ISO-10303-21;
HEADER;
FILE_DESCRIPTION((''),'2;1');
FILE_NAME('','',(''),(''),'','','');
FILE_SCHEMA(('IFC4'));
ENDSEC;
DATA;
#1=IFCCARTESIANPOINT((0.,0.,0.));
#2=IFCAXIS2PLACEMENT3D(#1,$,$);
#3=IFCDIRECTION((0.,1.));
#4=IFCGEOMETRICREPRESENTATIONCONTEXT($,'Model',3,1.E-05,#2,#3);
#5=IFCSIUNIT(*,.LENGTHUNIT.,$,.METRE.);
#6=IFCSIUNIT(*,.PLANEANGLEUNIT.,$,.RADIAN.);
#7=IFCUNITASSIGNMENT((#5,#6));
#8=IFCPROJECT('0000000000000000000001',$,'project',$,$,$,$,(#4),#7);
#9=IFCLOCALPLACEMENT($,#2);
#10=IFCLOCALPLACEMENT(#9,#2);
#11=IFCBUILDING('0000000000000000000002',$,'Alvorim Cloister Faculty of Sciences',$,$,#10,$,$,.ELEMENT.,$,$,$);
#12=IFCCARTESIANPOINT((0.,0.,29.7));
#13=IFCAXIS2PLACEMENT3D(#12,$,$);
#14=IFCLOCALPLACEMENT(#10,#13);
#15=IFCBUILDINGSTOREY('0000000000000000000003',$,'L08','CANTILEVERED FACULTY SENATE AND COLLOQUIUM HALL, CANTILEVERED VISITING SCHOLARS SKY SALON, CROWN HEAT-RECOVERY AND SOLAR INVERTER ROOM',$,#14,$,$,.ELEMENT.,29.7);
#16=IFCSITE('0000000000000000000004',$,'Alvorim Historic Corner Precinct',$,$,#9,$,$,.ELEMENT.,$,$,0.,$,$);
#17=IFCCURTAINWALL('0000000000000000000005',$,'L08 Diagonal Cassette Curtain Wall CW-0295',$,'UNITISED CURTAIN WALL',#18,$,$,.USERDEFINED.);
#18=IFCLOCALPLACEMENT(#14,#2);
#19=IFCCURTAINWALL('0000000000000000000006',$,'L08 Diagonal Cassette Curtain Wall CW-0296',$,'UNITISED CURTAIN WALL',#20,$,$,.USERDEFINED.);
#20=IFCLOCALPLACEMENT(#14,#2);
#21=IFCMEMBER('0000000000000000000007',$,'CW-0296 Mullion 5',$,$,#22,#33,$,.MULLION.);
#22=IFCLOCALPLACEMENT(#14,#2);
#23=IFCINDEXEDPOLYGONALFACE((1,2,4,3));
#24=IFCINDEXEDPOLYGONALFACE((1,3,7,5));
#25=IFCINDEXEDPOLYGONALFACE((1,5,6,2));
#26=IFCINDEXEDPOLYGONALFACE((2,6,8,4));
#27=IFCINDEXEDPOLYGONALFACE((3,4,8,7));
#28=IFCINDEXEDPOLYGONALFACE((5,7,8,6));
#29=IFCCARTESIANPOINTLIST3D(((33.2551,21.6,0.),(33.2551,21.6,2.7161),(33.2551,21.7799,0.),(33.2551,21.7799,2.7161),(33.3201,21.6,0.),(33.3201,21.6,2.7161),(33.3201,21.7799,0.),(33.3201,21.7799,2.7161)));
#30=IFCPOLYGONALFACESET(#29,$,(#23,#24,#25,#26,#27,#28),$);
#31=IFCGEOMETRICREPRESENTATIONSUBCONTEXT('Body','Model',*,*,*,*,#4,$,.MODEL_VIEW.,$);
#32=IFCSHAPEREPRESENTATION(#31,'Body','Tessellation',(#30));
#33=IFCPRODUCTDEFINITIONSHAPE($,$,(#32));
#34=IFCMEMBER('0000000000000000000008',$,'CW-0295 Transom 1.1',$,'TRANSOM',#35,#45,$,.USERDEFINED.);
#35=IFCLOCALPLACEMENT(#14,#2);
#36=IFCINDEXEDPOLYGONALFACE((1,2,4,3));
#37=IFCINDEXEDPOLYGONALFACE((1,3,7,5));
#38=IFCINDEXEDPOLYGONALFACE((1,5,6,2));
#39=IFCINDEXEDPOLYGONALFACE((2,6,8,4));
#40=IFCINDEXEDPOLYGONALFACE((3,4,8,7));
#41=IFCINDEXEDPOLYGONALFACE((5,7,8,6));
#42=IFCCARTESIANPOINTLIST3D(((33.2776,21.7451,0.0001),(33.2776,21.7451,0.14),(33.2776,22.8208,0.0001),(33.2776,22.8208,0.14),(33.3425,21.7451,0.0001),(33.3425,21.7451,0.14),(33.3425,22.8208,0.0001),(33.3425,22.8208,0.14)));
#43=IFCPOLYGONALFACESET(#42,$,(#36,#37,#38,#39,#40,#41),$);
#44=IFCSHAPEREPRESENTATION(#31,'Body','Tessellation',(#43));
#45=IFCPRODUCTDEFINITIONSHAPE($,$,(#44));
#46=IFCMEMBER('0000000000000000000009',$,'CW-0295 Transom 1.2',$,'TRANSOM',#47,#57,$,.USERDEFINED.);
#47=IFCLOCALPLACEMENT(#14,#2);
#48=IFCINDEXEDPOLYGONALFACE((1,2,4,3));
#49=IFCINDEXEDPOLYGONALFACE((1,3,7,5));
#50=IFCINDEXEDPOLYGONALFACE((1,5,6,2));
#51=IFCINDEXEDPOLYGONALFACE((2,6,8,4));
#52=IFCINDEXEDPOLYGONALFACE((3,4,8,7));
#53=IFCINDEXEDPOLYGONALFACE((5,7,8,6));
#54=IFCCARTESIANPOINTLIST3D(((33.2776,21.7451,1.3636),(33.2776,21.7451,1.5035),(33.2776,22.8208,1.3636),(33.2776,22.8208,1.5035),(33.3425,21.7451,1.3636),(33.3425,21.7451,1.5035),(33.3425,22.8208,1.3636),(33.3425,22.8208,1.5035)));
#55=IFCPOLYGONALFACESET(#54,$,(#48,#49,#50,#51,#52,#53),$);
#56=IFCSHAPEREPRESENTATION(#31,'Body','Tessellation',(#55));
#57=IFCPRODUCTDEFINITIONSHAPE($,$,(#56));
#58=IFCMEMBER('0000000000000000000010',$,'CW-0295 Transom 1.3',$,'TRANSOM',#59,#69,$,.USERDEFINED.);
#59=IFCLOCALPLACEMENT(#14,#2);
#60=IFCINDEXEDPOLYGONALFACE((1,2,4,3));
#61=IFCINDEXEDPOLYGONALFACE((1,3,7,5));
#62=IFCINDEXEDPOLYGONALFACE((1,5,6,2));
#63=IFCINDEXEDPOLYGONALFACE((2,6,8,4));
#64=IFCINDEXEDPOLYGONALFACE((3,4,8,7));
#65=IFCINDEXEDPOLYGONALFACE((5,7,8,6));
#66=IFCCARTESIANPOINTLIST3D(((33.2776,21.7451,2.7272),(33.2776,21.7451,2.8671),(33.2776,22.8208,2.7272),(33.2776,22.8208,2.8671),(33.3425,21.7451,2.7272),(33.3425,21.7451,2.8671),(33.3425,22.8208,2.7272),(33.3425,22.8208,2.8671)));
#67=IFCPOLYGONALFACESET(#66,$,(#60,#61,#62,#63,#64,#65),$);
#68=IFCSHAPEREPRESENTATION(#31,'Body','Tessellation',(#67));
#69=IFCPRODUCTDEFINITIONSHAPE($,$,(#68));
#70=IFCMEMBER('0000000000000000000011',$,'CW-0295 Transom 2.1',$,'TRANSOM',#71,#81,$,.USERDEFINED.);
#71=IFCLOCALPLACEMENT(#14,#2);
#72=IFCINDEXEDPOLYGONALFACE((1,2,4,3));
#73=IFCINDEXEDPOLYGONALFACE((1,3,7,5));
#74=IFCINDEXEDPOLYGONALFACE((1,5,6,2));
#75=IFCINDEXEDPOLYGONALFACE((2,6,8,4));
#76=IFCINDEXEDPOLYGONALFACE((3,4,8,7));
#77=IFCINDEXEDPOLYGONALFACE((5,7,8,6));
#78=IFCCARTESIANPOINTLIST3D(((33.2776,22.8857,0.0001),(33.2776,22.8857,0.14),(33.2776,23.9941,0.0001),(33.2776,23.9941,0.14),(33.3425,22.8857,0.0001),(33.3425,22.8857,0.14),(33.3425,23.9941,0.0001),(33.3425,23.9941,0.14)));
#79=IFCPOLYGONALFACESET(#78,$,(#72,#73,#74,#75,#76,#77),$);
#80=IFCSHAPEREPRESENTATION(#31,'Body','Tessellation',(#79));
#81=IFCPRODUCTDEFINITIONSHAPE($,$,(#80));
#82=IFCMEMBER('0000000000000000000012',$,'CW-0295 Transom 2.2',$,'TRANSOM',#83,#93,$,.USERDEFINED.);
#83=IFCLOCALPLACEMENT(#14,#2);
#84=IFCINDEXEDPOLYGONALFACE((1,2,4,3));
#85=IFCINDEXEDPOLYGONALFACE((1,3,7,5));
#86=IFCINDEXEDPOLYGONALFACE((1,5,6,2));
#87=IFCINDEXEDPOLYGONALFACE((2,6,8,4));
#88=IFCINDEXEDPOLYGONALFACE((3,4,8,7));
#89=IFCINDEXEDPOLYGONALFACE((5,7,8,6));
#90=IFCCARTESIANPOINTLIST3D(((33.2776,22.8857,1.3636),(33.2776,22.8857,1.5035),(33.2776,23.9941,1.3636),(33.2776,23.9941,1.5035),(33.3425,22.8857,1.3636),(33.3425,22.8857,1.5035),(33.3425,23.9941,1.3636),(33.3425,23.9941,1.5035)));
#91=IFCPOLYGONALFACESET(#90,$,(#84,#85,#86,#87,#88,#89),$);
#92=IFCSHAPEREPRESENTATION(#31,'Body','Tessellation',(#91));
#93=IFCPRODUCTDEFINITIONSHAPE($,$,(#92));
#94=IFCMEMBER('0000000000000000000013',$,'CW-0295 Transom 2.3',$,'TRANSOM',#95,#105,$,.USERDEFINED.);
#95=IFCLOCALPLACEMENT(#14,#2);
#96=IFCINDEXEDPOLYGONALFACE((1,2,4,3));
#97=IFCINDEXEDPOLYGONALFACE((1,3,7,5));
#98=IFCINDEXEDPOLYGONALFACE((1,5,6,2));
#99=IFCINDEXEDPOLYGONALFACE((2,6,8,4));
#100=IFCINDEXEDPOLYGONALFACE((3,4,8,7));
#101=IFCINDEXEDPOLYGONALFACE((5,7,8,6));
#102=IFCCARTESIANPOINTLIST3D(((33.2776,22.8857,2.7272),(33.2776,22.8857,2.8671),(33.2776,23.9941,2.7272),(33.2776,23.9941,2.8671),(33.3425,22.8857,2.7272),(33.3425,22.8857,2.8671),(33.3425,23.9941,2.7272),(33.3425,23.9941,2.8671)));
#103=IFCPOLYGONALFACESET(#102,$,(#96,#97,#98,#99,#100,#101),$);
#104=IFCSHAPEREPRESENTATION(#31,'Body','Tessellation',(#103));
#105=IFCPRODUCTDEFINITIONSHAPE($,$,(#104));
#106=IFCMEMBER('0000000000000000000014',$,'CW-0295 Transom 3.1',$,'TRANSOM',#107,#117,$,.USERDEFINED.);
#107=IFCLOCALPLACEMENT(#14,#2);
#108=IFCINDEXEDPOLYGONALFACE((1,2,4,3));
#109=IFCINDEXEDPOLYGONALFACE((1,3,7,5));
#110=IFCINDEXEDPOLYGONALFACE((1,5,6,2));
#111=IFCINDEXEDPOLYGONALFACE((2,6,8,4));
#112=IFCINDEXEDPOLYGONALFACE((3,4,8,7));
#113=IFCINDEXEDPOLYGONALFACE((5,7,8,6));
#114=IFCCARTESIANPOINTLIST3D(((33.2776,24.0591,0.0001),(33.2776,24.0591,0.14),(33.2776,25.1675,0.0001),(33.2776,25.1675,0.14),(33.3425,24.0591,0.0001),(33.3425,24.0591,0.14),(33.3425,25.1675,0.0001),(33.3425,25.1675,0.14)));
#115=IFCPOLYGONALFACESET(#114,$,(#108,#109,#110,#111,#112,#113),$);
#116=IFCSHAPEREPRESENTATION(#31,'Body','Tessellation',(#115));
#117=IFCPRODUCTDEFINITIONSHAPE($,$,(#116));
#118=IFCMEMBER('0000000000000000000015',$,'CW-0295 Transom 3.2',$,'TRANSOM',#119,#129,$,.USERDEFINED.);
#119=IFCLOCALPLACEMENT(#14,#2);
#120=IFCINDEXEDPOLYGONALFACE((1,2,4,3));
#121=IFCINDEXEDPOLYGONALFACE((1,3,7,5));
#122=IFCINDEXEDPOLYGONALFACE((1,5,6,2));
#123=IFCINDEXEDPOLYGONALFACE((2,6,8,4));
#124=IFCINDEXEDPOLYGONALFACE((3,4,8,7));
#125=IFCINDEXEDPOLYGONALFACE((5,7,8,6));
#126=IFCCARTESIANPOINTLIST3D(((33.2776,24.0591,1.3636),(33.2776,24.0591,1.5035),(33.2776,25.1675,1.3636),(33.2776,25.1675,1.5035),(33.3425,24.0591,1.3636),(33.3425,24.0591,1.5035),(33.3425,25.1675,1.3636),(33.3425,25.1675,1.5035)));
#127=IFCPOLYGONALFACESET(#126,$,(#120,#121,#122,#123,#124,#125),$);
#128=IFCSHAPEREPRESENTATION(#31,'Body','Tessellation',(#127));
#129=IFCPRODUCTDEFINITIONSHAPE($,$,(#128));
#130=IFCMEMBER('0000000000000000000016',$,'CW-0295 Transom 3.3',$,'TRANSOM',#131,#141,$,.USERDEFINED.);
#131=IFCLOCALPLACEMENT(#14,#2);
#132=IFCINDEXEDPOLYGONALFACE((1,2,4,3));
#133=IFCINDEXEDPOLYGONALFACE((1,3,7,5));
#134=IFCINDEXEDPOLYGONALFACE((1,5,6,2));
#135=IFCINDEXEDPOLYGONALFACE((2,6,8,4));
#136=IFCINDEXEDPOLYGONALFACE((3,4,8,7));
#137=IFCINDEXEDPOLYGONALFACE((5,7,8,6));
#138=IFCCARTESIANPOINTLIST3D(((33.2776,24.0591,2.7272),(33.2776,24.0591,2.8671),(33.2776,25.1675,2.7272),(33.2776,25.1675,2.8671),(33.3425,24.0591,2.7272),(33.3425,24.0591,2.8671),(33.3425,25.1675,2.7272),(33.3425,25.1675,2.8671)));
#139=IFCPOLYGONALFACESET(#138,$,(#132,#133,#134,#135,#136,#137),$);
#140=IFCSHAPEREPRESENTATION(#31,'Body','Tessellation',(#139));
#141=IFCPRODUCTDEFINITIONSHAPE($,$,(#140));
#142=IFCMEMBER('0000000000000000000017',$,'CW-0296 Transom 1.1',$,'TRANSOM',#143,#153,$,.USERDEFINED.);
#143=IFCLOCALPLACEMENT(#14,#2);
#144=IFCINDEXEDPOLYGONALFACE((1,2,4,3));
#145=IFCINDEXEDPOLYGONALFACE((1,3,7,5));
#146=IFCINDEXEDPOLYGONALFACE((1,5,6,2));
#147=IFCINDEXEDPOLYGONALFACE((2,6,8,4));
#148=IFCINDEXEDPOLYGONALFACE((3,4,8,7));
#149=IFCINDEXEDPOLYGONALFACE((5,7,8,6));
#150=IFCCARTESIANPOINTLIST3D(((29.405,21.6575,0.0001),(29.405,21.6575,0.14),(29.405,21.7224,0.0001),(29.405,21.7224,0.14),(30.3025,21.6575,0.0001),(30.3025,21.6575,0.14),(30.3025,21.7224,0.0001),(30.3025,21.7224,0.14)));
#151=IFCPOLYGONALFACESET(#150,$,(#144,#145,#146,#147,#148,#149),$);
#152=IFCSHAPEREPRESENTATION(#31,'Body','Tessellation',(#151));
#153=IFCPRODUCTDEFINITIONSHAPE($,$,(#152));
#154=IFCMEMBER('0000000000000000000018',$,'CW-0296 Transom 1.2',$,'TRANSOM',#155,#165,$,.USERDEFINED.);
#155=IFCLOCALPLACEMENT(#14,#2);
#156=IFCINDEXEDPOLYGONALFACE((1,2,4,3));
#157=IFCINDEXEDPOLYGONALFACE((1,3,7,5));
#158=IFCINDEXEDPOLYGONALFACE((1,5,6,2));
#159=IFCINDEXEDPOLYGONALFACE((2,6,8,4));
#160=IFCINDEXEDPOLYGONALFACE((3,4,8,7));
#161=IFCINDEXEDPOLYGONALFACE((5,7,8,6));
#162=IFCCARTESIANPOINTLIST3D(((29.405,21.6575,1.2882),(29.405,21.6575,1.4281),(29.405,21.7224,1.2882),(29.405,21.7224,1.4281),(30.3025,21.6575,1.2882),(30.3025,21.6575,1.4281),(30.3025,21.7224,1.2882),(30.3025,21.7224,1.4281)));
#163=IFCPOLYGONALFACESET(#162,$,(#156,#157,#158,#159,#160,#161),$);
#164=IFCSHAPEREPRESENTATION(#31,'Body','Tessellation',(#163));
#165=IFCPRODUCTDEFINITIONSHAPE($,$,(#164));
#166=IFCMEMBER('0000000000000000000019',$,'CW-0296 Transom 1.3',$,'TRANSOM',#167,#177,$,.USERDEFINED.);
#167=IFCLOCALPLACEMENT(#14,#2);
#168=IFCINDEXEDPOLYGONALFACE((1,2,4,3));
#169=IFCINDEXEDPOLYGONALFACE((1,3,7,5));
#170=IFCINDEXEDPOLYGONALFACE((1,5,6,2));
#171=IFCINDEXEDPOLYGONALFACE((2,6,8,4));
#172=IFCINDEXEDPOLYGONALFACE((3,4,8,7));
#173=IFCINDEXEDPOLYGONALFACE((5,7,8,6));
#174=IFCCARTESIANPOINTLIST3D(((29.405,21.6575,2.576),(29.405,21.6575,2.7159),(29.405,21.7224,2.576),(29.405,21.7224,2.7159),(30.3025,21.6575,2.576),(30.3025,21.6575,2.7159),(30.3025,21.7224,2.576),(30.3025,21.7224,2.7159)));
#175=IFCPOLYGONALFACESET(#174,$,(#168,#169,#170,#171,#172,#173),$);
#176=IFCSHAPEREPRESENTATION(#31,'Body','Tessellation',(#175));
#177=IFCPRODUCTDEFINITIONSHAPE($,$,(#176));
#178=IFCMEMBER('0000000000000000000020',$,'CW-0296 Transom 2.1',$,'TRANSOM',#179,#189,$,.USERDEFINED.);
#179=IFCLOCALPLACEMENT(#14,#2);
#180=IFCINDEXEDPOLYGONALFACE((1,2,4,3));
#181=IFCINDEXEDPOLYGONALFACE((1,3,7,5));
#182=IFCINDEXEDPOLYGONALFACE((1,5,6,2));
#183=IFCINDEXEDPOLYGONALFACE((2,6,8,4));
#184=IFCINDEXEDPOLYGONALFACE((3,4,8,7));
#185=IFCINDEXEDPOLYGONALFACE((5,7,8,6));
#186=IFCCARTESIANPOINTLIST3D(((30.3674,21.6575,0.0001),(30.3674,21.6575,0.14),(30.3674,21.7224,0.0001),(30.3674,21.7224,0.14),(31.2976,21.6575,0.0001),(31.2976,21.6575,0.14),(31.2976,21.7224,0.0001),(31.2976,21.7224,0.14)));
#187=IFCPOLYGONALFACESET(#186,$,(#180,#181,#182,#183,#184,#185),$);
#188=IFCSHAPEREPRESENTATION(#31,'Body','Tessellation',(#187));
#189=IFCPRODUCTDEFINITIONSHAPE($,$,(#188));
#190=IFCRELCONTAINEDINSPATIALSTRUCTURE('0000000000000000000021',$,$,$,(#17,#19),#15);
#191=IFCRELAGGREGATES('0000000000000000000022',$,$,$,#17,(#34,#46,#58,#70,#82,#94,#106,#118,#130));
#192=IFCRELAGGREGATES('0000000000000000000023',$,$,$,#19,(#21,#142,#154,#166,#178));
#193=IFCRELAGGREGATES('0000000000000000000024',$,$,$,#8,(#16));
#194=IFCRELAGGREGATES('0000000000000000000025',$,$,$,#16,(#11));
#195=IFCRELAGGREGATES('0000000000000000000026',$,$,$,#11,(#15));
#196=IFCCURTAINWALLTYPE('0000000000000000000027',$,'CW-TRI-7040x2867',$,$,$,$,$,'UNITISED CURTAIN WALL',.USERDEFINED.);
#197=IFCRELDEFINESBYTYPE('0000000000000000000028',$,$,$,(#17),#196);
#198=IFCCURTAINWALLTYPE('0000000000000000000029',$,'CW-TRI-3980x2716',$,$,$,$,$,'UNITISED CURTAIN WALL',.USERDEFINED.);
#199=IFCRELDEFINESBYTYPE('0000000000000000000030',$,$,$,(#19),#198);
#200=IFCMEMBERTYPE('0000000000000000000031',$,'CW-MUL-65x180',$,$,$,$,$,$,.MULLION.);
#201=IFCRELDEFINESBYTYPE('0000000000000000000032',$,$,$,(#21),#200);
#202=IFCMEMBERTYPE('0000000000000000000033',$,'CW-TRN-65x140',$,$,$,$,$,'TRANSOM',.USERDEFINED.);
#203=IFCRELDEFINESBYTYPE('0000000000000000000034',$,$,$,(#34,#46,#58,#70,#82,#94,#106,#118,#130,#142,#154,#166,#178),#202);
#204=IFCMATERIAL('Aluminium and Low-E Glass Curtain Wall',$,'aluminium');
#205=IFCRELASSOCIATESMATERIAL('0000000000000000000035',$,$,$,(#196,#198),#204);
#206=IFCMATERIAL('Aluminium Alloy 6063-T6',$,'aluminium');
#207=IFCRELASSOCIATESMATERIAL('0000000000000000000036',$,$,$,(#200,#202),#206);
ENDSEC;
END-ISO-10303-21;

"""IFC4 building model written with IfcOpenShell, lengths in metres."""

from ifc_helpers import new_model, si_unit, direction, frame, origin, origin_2d, place, context, subcontext, project, spatial, rectangle, extrude, material, material_profile, profile_set, type_object, element, aggregate, save


model = new_model("IFC4")

# Units and contexts
model_context = context("Model", 3, precision=1e-05, world=origin(), true_north=direction((0.0, 1.0)))
body_context = subcontext(model_context, "Body", "Model", "MODEL_VIEW")
ifc_project = project(units=[si_unit("LENGTHUNIT", "METRE"), si_unit("PLANEANGLEUNIT", "RADIAN")], contexts=[model_context])

# Site, building, storey
site_placement = place(None, origin())
site = spatial("IfcSite", under=ifc_project, at=site_placement, Name="Alvorim Historic Corner Precinct", CompositionType="ELEMENT", RefElevation=0.0)
building_placement = place(site_placement, origin())
building = spatial("IfcBuilding", under=site, at=building_placement, Name="Alvorim Cloister Faculty of Sciences", CompositionType="ELEMENT")
storey_placement = place(building_placement, frame((0.0, 0.0, 29.7)))
storey = spatial("IfcBuildingStorey", under=building, at=storey_placement, Name="L08", Description="CANTILEVERED FACULTY SENATE AND COLLOQUIUM HALL, CANTILEVERED VISITING SCHOLARS SKY SALON, CROWN HEAT-RECOVERY AND SOLAR INVERTER ROOM", CompositionType="ELEMENT", Elevation=29.7)

# Curtain walls, member
ifc_material_1 = material(Name="Aluminium and Low-E Glass Curtain Wall", Category="aluminium")
curtain_wall_type_1 = type_object("IfcCurtainWallType", Name="CW-TRI-7040x2867", ElementType="UNITISED CURTAIN WALL", PredefinedType="USERDEFINED", material=ifc_material_1)
curtain_wall_1_placement = place(storey_placement, origin())
curtain_wall_1 = element("IfcCurtainWall", 1, at=curtain_wall_1_placement, inside=storey, type_object=curtain_wall_type_1, Name="L08 Diagonal Cassette Curtain Wall CW-0295", ObjectType="UNITISED CURTAIN WALL", PredefinedType="USERDEFINED")
ifc_material_2 = material(Name="Aluminium Alloy 6063-T6", Category="aluminium")
ifc_material_profile_1 = material_profile(ifc_material_2, rectangle(XDim=0.0649, YDim=0.1799, at=origin_2d()), Name="ALU-MUL-65x180")
ifc_profile_set_1 = profile_set([ifc_material_profile_1], Name="Aluminium Alloy 6063-T6")
member_type_1 = type_object("IfcMemberType", Name="CW-MUL-65x180", PredefinedType="MULLION", material=ifc_profile_set_1)
curtain_wall_type_2 = type_object("IfcCurtainWallType", Name="CW-TRI-3980x2716", ElementType="UNITISED CURTAIN WALL", PredefinedType="USERDEFINED", material=ifc_material_1)
curtain_wall_2_placement = place(storey_placement, origin())
curtain_wall_2 = element("IfcCurtainWall", 2, at=curtain_wall_2_placement, inside=storey, type_object=curtain_wall_type_2, Name="L08 Diagonal Cassette Curtain Wall CW-0296", ObjectType="UNITISED CURTAIN WALL", PredefinedType="USERDEFINED")
member_1_placement = place(storey_placement, frame((33.2876, 21.6899, 0.0), z_axis=(0.0, 0.0, 1.0), x_axis=(1.0, 0.0, 0.0)))
member_1 = element("IfcMember", 3, at=member_1_placement, type_object=member_type_1, Name="CW-0296 Mullion 5", PredefinedType="MULLION", context=body_context, shape_type="SweptSolid", body=[
    extrude(rectangle(XDim=0.0649, YDim=0.1799, at=origin_2d()), origin(), (0.0, 0.0, 1.0), 2.7161),
])

# Members
ifc_material_profile_2 = material_profile(ifc_material_2, rectangle(XDim=0.0649, YDim=0.1399, at=origin_2d()), Name="ALU-TRN-65x140")
ifc_profile_set_2 = profile_set([ifc_material_profile_2], Name="Aluminium Alloy 6063-T6")
member_type_2 = type_object("IfcMemberType", Name="CW-TRN-65x140", ElementType="TRANSOM", PredefinedType="USERDEFINED", material=ifc_profile_set_2)
member_2_placement = place(storey_placement, frame((33.3101, 21.7451, 0.0701), z_axis=(0.0, 1.0, 0.0), x_axis=(-1.0, 0.0, 0.0)))
member_2 = element("IfcMember", 4, at=member_2_placement, type_object=member_type_2, Name="CW-0295 Transom 1.1", ObjectType="TRANSOM", PredefinedType="USERDEFINED", context=body_context, shape_type="SweptSolid", body=[
    extrude(rectangle(XDim=0.0649, YDim=0.1399, at=origin_2d()), origin(), (0.0, 0.0, 1.0), 1.0757),
])
member_3_placement = place(storey_placement, frame((33.3101, 21.7451, 1.4336), z_axis=(0.0, 1.0, 0.0), x_axis=(-1.0, 0.0, 0.0)))
member_3 = element("IfcMember", 5, at=member_3_placement, type_object=member_type_2, Name="CW-0295 Transom 1.2", ObjectType="TRANSOM", PredefinedType="USERDEFINED", context=body_context, shape_type="SweptSolid", body=[
    extrude(rectangle(XDim=0.0649, YDim=0.1399, at=origin_2d()), origin(), (0.0, 0.0, 1.0), 1.0757),
])
member_4_placement = place(storey_placement, frame((33.3101, 21.7451, 2.7971), z_axis=(0.0, 1.0, 0.0), x_axis=(-1.0, 0.0, 0.0)))
member_4 = element("IfcMember", 6, at=member_4_placement, type_object=member_type_2, Name="CW-0295 Transom 1.3", ObjectType="TRANSOM", PredefinedType="USERDEFINED", context=body_context, shape_type="SweptSolid", body=[
    extrude(rectangle(XDim=0.0649, YDim=0.1399, at=origin_2d()), origin(), (0.0, 0.0, 1.0), 1.0757),
])
member_5_placement = place(storey_placement, frame((33.3101, 22.8857, 0.0701), z_axis=(0.0, 1.0, 0.0), x_axis=(-1.0, 0.0, 0.0)))
member_5 = element("IfcMember", 7, at=member_5_placement, type_object=member_type_2, Name="CW-0295 Transom 2.1", ObjectType="TRANSOM", PredefinedType="USERDEFINED", context=body_context, shape_type="SweptSolid", body=[
    extrude(rectangle(XDim=0.0649, YDim=0.1399, at=origin_2d()), origin(), (0.0, 0.0, 1.0), 1.1084),
])
member_6_placement = place(storey_placement, frame((33.3101, 22.8857, 1.4336), z_axis=(0.0, 1.0, 0.0), x_axis=(-1.0, 0.0, 0.0)))
member_6 = element("IfcMember", 8, at=member_6_placement, type_object=member_type_2, Name="CW-0295 Transom 2.2", ObjectType="TRANSOM", PredefinedType="USERDEFINED", context=body_context, shape_type="SweptSolid", body=[
    extrude(rectangle(XDim=0.0649, YDim=0.1399, at=origin_2d()), origin(), (0.0, 0.0, 1.0), 1.1084),
])
member_7_placement = place(storey_placement, frame((33.3101, 22.8857, 2.7971), z_axis=(0.0, 1.0, 0.0), x_axis=(-1.0, 0.0, 0.0)))
member_7 = element("IfcMember", 9, at=member_7_placement, type_object=member_type_2, Name="CW-0295 Transom 2.3", ObjectType="TRANSOM", PredefinedType="USERDEFINED", context=body_context, shape_type="SweptSolid", body=[
    extrude(rectangle(XDim=0.0649, YDim=0.1399, at=origin_2d()), origin(), (0.0, 0.0, 1.0), 1.1084),
])
member_8_placement = place(storey_placement, frame((33.3101, 24.0591, 0.0701), z_axis=(0.0, 1.0, 0.0), x_axis=(-1.0, 0.0, 0.0)))
member_8 = element("IfcMember", 10, at=member_8_placement, type_object=member_type_2, Name="CW-0295 Transom 3.1", ObjectType="TRANSOM", PredefinedType="USERDEFINED", context=body_context, shape_type="SweptSolid", body=[
    extrude(rectangle(XDim=0.0649, YDim=0.1399, at=origin_2d()), origin(), (0.0, 0.0, 1.0), 1.1084),
])
member_9_placement = place(storey_placement, frame((33.3101, 24.0591, 1.4336), z_axis=(0.0, 1.0, 0.0), x_axis=(-1.0, 0.0, 0.0)))
member_9 = element("IfcMember", 11, at=member_9_placement, type_object=member_type_2, Name="CW-0295 Transom 3.2", ObjectType="TRANSOM", PredefinedType="USERDEFINED", context=body_context, shape_type="SweptSolid", body=[
    extrude(rectangle(XDim=0.0649, YDim=0.1399, at=origin_2d()), origin(), (0.0, 0.0, 1.0), 1.1084),
])
member_10_placement = place(storey_placement, frame((33.3101, 24.0591, 2.7971), z_axis=(0.0, 1.0, 0.0), x_axis=(-1.0, 0.0, 0.0)))
member_10 = element("IfcMember", 12, at=member_10_placement, type_object=member_type_2, Name="CW-0295 Transom 3.3", ObjectType="TRANSOM", PredefinedType="USERDEFINED", context=body_context, shape_type="SweptSolid", body=[
    extrude(rectangle(XDim=0.0649, YDim=0.1399, at=origin_2d()), origin(), (0.0, 0.0, 1.0), 1.1084),
])
aggregate(curtain_wall_1, [member_2, member_3, member_4, member_5, member_6, member_7, member_8, member_9, member_10])
member_11_placement = place(storey_placement, frame((29.405, 21.6899, 0.0701), z_axis=(1.0, 0.0, 0.0), x_axis=(0.0, 1.0, 0.0)))
member_11 = element("IfcMember", 13, at=member_11_placement, type_object=member_type_2, Name="CW-0296 Transom 1.1", ObjectType="TRANSOM", PredefinedType="USERDEFINED", context=body_context, shape_type="SweptSolid", body=[
    extrude(rectangle(XDim=0.0649, YDim=0.1399, at=origin_2d()), origin(), (0.0, 0.0, 1.0), 0.8975),
])
member_12_placement = place(storey_placement, frame((29.405, 21.6899, 1.3582), z_axis=(1.0, 0.0, 0.0), x_axis=(0.0, 1.0, 0.0)))
member_12 = element("IfcMember", 14, at=member_12_placement, type_object=member_type_2, Name="CW-0296 Transom 1.2", ObjectType="TRANSOM", PredefinedType="USERDEFINED", context=body_context, shape_type="SweptSolid", body=[
    extrude(rectangle(XDim=0.0649, YDim=0.1399, at=origin_2d()), origin(), (0.0, 0.0, 1.0), 0.8975),
])
member_13_placement = place(storey_placement, frame((29.405, 21.6899, 2.646), z_axis=(1.0, 0.0, 0.0), x_axis=(0.0, 1.0, 0.0)))
member_13 = element("IfcMember", 15, at=member_13_placement, type_object=member_type_2, Name="CW-0296 Transom 1.3", ObjectType="TRANSOM", PredefinedType="USERDEFINED", context=body_context, shape_type="SweptSolid", body=[
    extrude(rectangle(XDim=0.0649, YDim=0.1399, at=origin_2d()), origin(), (0.0, 0.0, 1.0), 0.8975),
])
member_14_placement = place(storey_placement, frame((30.3674, 21.6899, 0.0701), z_axis=(1.0, 0.0, 0.0), x_axis=(0.0, 1.0, 0.0)))
member_14 = element("IfcMember", 16, at=member_14_placement, type_object=member_type_2, Name="CW-0296 Transom 2.1", ObjectType="TRANSOM", PredefinedType="USERDEFINED", context=body_context, shape_type="SweptSolid", body=[
    extrude(rectangle(XDim=0.0649, YDim=0.1399, at=origin_2d()), origin(), (0.0, 0.0, 1.0), 0.9302),
])
aggregate(curtain_wall_2, [member_1, member_11, member_12, member_13, member_14])

save(model, "model.ifc")
